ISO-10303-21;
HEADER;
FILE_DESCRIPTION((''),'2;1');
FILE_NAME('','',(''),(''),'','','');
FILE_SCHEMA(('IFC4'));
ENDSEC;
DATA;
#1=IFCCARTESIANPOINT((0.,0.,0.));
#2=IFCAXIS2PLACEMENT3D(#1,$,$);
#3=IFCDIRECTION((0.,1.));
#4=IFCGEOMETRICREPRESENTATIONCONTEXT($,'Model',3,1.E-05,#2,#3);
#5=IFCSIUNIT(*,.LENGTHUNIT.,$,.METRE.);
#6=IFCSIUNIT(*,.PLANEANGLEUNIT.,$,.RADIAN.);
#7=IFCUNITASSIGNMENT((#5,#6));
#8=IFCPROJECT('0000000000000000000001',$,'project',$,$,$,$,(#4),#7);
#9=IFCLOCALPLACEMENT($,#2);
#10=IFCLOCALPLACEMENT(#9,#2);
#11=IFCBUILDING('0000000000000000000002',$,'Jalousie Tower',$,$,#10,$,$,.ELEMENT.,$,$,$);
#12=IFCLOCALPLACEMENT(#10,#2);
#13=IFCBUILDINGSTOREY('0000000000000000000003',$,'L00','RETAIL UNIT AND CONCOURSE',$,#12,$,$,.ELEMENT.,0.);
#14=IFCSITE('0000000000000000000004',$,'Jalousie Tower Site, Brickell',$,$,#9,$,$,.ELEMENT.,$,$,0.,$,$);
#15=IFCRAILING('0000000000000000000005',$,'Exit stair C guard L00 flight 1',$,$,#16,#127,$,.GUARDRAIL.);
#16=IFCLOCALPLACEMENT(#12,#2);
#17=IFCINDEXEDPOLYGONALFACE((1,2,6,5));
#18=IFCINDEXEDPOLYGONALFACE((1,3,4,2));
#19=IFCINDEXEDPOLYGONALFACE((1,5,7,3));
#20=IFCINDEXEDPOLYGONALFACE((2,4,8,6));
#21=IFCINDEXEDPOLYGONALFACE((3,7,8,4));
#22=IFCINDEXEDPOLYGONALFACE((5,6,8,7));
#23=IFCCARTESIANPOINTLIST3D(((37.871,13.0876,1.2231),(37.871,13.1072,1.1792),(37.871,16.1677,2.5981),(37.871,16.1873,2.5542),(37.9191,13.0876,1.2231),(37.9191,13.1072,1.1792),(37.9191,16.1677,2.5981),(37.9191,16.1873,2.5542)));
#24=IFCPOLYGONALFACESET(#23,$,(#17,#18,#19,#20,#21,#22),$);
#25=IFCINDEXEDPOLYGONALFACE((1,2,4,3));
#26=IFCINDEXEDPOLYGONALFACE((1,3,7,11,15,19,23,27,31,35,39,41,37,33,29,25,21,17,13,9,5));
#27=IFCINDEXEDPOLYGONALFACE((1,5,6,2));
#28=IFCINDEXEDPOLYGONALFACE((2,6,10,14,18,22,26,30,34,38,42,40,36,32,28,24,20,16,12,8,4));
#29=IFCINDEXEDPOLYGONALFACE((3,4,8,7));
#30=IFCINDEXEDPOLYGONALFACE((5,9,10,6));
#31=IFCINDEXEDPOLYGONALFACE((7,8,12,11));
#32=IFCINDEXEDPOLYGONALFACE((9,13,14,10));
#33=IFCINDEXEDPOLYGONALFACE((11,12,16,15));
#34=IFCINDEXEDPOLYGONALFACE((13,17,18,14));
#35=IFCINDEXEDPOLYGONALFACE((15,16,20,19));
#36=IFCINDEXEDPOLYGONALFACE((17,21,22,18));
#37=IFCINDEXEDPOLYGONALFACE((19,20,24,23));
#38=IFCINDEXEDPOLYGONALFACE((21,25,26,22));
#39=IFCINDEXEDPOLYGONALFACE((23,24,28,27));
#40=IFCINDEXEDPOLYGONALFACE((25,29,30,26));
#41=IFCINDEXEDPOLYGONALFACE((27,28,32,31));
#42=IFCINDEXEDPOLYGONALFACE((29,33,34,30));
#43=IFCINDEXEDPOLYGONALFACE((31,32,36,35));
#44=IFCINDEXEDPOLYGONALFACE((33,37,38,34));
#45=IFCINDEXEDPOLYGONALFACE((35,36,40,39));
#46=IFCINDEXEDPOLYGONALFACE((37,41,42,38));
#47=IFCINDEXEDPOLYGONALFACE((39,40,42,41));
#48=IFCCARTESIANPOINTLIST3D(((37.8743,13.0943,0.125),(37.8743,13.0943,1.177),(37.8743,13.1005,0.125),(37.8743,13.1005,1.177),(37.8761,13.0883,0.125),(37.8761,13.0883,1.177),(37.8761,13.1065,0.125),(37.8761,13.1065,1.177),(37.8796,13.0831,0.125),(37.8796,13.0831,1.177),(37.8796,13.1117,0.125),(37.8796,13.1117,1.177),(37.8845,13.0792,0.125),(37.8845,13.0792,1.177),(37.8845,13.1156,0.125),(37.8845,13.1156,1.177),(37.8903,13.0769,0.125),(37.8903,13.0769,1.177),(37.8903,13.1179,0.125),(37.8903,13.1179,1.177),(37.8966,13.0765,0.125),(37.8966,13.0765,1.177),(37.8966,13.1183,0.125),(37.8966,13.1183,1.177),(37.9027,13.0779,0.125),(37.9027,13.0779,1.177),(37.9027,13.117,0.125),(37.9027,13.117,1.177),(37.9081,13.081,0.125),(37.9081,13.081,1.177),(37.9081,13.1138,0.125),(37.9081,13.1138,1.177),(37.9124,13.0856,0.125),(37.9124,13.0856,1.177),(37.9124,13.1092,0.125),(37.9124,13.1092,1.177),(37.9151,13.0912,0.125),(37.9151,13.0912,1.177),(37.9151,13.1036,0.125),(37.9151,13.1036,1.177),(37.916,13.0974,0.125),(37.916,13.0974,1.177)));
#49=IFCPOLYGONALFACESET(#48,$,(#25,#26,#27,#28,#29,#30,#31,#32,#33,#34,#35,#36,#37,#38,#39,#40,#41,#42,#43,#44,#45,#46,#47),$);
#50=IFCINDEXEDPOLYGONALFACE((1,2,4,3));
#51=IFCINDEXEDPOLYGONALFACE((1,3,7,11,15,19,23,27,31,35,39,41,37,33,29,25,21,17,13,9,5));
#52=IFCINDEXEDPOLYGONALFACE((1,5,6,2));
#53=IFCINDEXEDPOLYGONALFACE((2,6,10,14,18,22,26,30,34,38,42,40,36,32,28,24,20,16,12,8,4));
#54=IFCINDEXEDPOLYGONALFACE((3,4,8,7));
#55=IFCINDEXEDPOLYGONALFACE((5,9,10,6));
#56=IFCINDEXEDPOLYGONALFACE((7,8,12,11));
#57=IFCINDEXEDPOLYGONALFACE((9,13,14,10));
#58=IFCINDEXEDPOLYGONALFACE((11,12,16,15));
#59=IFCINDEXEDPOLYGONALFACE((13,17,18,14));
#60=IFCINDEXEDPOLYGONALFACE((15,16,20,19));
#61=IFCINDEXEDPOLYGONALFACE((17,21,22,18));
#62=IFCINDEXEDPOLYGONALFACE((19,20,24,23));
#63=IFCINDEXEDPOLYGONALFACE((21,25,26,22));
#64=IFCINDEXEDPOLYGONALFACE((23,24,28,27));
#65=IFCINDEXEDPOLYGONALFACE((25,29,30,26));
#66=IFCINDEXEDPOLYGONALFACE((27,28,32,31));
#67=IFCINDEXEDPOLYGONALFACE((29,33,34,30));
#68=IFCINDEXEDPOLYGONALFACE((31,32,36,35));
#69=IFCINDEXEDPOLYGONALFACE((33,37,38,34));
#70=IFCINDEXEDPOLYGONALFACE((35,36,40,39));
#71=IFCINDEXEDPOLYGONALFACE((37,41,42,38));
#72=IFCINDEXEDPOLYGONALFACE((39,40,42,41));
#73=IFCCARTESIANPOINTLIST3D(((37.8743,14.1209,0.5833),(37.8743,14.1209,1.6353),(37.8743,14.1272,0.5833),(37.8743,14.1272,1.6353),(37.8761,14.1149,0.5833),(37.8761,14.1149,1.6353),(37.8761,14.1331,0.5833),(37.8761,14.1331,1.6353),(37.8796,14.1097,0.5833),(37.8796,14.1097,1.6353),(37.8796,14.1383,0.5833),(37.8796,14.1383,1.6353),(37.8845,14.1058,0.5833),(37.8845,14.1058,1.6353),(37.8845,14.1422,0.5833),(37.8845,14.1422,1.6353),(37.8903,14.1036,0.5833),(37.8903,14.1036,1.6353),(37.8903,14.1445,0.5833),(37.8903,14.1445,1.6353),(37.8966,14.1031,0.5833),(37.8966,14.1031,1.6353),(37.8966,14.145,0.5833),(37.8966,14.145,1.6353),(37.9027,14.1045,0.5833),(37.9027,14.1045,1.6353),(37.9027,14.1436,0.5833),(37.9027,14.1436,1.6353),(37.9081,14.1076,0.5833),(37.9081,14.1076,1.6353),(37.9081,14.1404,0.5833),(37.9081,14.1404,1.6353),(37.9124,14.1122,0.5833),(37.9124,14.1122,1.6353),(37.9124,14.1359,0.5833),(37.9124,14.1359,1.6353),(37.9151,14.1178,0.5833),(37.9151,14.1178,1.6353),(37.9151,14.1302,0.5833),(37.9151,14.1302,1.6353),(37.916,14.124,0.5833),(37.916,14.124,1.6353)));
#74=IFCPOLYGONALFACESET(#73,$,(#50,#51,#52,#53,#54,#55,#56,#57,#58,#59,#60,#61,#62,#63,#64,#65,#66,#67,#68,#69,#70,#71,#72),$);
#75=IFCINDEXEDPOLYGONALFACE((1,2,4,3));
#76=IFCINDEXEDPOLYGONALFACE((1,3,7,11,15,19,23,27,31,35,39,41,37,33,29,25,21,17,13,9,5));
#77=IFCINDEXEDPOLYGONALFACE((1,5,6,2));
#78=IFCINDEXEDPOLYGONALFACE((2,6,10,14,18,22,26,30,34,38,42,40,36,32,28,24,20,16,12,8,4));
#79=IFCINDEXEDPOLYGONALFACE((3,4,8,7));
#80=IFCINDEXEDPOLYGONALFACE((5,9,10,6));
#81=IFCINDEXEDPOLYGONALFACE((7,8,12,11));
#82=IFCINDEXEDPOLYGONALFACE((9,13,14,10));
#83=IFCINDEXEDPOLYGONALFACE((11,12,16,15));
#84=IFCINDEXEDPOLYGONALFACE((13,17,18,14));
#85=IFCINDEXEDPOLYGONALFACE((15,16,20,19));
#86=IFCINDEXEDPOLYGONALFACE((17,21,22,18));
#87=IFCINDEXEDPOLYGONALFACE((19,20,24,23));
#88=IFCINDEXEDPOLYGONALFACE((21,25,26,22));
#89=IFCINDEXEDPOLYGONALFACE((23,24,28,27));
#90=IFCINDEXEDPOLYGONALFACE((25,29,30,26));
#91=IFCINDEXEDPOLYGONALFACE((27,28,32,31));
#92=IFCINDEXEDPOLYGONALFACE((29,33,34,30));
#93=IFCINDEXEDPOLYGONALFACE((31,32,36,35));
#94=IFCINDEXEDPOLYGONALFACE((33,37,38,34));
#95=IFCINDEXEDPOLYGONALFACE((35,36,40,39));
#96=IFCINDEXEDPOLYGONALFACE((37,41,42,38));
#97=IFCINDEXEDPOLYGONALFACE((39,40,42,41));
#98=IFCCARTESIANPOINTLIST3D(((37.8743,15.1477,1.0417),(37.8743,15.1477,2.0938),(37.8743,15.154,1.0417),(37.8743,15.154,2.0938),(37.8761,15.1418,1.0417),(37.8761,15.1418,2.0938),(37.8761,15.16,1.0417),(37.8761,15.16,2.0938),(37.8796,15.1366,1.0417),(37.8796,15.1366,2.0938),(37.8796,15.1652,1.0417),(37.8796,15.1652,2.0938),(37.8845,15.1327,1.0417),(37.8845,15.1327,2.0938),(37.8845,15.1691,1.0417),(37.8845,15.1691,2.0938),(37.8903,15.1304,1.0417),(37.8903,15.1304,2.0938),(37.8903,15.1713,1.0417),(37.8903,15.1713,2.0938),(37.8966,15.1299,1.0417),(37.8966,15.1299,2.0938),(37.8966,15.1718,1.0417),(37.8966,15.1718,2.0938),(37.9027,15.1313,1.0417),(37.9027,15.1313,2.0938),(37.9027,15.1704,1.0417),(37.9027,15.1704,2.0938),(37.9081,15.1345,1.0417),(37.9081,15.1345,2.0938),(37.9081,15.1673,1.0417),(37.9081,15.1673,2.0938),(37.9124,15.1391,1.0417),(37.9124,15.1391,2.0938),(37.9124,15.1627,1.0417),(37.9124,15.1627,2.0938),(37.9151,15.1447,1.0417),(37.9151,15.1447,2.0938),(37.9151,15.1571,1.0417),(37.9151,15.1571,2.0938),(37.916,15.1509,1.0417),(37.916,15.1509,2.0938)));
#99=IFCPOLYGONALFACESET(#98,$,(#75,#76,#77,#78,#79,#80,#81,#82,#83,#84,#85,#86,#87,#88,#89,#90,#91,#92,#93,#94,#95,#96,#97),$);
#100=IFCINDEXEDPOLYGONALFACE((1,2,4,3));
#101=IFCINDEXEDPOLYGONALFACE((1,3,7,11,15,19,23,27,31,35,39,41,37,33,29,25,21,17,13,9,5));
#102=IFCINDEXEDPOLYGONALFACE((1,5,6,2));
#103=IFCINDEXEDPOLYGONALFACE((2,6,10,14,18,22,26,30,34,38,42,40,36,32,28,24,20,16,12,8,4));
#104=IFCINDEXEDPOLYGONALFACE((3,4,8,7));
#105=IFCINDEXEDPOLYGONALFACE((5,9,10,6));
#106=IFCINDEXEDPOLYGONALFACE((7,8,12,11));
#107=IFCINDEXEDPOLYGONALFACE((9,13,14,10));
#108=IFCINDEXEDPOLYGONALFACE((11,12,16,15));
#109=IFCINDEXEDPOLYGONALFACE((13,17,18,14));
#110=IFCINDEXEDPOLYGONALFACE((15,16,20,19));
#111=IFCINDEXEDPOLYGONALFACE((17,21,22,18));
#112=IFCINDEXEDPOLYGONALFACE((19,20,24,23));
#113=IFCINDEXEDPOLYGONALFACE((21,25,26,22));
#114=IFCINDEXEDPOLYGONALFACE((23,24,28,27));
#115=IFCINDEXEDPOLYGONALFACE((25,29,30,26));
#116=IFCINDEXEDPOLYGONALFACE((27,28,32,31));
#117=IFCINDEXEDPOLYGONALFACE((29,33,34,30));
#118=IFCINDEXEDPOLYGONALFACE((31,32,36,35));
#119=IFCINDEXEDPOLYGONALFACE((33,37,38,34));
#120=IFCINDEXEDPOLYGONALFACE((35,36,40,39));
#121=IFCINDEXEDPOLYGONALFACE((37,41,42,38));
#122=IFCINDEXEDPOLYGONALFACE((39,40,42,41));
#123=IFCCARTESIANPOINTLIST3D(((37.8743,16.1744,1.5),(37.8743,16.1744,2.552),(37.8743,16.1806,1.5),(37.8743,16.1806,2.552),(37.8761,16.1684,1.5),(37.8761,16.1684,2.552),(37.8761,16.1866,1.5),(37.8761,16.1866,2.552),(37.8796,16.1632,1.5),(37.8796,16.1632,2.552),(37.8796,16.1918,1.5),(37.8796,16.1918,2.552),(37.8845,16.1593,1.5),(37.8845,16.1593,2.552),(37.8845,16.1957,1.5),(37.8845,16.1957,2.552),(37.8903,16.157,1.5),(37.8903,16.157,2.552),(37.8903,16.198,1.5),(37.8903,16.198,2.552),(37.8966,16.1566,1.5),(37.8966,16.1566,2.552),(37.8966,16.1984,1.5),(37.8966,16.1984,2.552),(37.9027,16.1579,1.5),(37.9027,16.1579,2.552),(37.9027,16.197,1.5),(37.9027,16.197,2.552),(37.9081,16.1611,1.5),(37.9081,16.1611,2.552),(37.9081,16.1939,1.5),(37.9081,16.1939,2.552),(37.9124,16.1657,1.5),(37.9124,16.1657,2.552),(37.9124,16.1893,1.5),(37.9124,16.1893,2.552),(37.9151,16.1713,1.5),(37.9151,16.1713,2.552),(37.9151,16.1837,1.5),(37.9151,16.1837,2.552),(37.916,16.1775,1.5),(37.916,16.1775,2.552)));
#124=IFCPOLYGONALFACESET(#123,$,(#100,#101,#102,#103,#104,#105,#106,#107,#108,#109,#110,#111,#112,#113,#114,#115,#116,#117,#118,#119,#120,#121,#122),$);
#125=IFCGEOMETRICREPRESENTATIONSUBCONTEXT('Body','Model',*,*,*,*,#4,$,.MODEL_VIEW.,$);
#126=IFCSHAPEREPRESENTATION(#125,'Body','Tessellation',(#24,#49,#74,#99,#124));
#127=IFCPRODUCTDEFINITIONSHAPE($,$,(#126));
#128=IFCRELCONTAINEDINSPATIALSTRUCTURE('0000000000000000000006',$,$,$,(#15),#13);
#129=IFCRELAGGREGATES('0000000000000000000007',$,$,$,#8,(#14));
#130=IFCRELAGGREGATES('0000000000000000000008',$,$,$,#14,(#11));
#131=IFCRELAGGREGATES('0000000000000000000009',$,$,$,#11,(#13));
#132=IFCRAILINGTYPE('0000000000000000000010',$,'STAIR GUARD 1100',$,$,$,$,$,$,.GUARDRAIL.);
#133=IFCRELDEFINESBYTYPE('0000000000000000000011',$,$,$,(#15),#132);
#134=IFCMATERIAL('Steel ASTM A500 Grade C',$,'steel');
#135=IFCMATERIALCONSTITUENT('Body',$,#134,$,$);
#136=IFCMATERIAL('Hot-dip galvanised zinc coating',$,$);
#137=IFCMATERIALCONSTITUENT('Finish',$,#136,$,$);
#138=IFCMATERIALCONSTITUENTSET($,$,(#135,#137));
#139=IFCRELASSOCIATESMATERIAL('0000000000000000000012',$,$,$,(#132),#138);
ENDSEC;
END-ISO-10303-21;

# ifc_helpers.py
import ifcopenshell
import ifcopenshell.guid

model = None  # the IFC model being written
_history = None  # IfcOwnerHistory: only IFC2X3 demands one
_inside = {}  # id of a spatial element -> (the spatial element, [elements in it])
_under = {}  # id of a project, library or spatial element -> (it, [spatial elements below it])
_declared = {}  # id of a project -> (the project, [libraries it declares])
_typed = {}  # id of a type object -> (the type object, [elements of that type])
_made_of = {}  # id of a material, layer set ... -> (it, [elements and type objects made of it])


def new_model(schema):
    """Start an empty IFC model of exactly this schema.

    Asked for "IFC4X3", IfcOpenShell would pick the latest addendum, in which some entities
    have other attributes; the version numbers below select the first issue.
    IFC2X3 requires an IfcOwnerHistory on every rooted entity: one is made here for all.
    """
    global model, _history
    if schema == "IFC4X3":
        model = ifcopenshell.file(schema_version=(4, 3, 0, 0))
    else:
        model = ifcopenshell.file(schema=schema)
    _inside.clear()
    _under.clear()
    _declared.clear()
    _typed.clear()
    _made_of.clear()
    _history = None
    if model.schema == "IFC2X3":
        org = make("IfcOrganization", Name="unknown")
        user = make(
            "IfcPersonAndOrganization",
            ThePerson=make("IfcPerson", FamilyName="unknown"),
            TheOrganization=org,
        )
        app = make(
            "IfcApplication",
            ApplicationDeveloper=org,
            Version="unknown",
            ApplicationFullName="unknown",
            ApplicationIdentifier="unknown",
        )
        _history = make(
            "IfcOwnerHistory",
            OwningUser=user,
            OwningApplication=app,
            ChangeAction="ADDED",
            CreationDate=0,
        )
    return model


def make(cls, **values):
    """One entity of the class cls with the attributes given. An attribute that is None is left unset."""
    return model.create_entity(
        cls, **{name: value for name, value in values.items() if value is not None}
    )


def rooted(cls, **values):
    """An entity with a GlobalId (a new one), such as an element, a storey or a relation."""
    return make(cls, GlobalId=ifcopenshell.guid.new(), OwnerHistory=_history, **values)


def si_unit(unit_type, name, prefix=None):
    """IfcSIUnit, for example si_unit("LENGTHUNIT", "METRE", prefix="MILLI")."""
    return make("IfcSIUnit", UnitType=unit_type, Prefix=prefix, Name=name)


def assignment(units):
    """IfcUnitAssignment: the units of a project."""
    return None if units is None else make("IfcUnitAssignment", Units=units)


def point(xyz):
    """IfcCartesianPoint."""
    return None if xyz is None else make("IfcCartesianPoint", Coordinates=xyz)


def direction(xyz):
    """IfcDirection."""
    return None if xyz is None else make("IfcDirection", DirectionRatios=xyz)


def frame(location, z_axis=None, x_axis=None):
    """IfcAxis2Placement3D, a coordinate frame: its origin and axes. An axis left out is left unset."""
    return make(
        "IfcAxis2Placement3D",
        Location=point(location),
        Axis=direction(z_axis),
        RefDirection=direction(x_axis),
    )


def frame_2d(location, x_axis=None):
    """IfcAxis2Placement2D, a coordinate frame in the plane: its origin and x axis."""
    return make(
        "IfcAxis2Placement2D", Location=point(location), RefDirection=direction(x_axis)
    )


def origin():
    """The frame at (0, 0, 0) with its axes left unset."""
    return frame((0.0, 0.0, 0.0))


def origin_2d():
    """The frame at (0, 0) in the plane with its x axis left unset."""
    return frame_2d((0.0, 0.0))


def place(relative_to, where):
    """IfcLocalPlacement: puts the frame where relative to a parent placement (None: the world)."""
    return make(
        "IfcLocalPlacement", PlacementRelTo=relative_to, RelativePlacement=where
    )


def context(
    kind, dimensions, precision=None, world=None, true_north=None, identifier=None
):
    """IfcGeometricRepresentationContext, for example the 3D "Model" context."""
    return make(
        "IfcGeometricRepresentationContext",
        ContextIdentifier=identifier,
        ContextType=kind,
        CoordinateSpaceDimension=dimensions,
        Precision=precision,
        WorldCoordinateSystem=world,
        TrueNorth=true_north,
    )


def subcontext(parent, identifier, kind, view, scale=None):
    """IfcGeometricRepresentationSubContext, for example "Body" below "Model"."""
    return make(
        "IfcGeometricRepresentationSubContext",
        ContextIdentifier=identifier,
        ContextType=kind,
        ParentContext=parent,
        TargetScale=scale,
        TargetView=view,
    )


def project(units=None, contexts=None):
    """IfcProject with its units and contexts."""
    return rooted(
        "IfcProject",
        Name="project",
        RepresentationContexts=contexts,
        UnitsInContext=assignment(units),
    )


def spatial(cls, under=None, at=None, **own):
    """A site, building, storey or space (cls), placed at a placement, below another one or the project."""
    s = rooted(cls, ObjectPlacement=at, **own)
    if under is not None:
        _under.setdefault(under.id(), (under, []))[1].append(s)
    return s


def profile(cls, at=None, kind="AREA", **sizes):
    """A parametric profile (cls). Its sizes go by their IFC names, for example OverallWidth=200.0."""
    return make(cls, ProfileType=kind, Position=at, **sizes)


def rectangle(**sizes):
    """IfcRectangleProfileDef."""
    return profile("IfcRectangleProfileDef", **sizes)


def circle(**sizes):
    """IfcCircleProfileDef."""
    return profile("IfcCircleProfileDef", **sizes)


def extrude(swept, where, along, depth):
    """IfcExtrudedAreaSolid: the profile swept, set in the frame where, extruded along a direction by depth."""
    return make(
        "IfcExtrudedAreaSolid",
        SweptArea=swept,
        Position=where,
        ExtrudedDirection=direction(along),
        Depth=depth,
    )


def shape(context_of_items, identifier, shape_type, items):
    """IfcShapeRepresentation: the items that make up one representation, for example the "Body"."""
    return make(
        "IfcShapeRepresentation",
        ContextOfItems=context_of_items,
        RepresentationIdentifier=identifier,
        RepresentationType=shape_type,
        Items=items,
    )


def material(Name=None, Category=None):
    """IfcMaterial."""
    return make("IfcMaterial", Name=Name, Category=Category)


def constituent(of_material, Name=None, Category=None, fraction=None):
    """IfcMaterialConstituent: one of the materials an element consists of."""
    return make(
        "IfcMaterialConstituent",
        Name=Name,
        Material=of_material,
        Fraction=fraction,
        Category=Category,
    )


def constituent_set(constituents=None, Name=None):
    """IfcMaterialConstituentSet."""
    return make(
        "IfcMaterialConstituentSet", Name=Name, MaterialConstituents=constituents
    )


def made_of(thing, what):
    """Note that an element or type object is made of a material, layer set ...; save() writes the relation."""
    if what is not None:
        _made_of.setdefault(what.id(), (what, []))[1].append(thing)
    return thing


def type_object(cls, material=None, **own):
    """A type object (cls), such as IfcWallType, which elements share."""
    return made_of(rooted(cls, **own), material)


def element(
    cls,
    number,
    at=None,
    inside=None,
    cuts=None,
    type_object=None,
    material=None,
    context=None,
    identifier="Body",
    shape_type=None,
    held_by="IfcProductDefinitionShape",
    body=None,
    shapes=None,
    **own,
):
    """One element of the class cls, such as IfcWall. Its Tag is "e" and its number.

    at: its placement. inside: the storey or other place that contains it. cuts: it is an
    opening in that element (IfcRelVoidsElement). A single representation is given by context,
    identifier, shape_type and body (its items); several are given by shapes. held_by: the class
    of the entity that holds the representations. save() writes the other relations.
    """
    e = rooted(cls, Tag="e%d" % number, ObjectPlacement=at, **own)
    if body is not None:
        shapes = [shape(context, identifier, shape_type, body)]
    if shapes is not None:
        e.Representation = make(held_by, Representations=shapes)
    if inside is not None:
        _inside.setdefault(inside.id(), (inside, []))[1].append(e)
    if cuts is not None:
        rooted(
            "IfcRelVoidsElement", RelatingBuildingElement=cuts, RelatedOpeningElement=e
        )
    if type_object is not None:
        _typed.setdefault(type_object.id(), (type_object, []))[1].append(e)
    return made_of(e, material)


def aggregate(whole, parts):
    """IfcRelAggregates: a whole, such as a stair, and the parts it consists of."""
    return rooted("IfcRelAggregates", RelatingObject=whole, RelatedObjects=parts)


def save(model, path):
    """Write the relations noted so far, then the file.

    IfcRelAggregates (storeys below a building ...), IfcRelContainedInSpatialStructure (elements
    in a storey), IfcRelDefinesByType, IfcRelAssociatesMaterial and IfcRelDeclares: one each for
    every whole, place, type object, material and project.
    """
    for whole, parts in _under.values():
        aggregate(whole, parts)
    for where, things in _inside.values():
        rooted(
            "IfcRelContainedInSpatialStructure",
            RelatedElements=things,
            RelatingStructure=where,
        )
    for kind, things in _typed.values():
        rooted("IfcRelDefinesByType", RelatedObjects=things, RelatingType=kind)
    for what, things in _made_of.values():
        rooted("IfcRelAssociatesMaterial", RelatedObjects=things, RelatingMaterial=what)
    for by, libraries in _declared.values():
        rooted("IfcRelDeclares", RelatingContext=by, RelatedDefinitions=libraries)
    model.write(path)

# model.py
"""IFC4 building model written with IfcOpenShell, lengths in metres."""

from ifc_helpers import new_model, si_unit, direction, frame, origin, origin_2d, place, context, subcontext, project, spatial, rectangle, circle, extrude, material, constituent, constituent_set, type_object, element, save


model = new_model("IFC4")

# Units and contexts
model_context = context("Model", 3, precision=1e-05, world=origin(), true_north=direction((0.0, 1.0)))
body_context = subcontext(model_context, "Body", "Model", "MODEL_VIEW")
ifc_project = project(units=[si_unit("LENGTHUNIT", "METRE"), si_unit("PLANEANGLEUNIT", "RADIAN")], contexts=[model_context])

# Site, building, storey
site_placement = place(None, origin())
site = spatial("IfcSite", under=ifc_project, at=site_placement, Name="Jalousie Tower Site, Brickell", CompositionType="ELEMENT", RefElevation=0.0)
building_placement = place(site_placement, origin())
building = spatial("IfcBuilding", under=site, at=building_placement, Name="Jalousie Tower", CompositionType="ELEMENT")
storey_placement = place(building_placement, origin())
storey = spatial("IfcBuildingStorey", under=building, at=storey_placement, Name="L00", Description="RETAIL UNIT AND CONCOURSE", CompositionType="ELEMENT", Elevation=0.0)

# Railing
ifc_material_1 = material(Name="Steel ASTM A500 Grade C", Category="steel")
ifc_constituent_1 = constituent(ifc_material_1, Name="Body")
ifc_material_2 = material(Name="Hot-dip galvanised zinc coating")
ifc_constituent_2 = constituent(ifc_material_2, Name="Finish")
ifc_constituent_set_1 = constituent_set(constituents=[ifc_constituent_1, ifc_constituent_2])
railing_type_1 = type_object("IfcRailingType", Name="STAIR GUARD 1100", PredefinedType="GUARDRAIL", material=ifc_constituent_set_1)
railing_1_placement = place(storey_placement, frame((37.895, 13.0974, 0.125)))
element("IfcRailing", 1, at=railing_1_placement, inside=storey, type_object=railing_type_1, Name="Exit stair C guard L00 flight 1", PredefinedType="GUARDRAIL", context=body_context, shape_type="SweptSolid", body=[
    extrude(rectangle(XDim=0.0481, YDim=0.0481, at=origin_2d()), frame((0.0, 0.0, 1.0762), z_axis=(0.0, 0.913142, 0.407642), x_axis=(-1.0, 0.0, 0.0)), (0.0, 0.0, 1.0), 3.373),
    extrude(circle(Radius=0.021, at=origin_2d()), origin(), (0.0, 0.0, 1.0), 1.052),
    extrude(circle(Radius=0.021, at=origin_2d()), frame((0.0, 1.0266, 0.4583)), (0.0, 0.0, 1.0), 1.052),
    extrude(circle(Radius=0.021, at=origin_2d()), frame((0.0, 2.0535, 0.9167)), (0.0, 0.0, 1.0), 1.052),
    extrude(circle(Radius=0.021, at=origin_2d()), frame((0.0, 3.0801, 1.375)), (0.0, 0.0, 1.0), 1.052),
])

save(model, "model.ifc")
